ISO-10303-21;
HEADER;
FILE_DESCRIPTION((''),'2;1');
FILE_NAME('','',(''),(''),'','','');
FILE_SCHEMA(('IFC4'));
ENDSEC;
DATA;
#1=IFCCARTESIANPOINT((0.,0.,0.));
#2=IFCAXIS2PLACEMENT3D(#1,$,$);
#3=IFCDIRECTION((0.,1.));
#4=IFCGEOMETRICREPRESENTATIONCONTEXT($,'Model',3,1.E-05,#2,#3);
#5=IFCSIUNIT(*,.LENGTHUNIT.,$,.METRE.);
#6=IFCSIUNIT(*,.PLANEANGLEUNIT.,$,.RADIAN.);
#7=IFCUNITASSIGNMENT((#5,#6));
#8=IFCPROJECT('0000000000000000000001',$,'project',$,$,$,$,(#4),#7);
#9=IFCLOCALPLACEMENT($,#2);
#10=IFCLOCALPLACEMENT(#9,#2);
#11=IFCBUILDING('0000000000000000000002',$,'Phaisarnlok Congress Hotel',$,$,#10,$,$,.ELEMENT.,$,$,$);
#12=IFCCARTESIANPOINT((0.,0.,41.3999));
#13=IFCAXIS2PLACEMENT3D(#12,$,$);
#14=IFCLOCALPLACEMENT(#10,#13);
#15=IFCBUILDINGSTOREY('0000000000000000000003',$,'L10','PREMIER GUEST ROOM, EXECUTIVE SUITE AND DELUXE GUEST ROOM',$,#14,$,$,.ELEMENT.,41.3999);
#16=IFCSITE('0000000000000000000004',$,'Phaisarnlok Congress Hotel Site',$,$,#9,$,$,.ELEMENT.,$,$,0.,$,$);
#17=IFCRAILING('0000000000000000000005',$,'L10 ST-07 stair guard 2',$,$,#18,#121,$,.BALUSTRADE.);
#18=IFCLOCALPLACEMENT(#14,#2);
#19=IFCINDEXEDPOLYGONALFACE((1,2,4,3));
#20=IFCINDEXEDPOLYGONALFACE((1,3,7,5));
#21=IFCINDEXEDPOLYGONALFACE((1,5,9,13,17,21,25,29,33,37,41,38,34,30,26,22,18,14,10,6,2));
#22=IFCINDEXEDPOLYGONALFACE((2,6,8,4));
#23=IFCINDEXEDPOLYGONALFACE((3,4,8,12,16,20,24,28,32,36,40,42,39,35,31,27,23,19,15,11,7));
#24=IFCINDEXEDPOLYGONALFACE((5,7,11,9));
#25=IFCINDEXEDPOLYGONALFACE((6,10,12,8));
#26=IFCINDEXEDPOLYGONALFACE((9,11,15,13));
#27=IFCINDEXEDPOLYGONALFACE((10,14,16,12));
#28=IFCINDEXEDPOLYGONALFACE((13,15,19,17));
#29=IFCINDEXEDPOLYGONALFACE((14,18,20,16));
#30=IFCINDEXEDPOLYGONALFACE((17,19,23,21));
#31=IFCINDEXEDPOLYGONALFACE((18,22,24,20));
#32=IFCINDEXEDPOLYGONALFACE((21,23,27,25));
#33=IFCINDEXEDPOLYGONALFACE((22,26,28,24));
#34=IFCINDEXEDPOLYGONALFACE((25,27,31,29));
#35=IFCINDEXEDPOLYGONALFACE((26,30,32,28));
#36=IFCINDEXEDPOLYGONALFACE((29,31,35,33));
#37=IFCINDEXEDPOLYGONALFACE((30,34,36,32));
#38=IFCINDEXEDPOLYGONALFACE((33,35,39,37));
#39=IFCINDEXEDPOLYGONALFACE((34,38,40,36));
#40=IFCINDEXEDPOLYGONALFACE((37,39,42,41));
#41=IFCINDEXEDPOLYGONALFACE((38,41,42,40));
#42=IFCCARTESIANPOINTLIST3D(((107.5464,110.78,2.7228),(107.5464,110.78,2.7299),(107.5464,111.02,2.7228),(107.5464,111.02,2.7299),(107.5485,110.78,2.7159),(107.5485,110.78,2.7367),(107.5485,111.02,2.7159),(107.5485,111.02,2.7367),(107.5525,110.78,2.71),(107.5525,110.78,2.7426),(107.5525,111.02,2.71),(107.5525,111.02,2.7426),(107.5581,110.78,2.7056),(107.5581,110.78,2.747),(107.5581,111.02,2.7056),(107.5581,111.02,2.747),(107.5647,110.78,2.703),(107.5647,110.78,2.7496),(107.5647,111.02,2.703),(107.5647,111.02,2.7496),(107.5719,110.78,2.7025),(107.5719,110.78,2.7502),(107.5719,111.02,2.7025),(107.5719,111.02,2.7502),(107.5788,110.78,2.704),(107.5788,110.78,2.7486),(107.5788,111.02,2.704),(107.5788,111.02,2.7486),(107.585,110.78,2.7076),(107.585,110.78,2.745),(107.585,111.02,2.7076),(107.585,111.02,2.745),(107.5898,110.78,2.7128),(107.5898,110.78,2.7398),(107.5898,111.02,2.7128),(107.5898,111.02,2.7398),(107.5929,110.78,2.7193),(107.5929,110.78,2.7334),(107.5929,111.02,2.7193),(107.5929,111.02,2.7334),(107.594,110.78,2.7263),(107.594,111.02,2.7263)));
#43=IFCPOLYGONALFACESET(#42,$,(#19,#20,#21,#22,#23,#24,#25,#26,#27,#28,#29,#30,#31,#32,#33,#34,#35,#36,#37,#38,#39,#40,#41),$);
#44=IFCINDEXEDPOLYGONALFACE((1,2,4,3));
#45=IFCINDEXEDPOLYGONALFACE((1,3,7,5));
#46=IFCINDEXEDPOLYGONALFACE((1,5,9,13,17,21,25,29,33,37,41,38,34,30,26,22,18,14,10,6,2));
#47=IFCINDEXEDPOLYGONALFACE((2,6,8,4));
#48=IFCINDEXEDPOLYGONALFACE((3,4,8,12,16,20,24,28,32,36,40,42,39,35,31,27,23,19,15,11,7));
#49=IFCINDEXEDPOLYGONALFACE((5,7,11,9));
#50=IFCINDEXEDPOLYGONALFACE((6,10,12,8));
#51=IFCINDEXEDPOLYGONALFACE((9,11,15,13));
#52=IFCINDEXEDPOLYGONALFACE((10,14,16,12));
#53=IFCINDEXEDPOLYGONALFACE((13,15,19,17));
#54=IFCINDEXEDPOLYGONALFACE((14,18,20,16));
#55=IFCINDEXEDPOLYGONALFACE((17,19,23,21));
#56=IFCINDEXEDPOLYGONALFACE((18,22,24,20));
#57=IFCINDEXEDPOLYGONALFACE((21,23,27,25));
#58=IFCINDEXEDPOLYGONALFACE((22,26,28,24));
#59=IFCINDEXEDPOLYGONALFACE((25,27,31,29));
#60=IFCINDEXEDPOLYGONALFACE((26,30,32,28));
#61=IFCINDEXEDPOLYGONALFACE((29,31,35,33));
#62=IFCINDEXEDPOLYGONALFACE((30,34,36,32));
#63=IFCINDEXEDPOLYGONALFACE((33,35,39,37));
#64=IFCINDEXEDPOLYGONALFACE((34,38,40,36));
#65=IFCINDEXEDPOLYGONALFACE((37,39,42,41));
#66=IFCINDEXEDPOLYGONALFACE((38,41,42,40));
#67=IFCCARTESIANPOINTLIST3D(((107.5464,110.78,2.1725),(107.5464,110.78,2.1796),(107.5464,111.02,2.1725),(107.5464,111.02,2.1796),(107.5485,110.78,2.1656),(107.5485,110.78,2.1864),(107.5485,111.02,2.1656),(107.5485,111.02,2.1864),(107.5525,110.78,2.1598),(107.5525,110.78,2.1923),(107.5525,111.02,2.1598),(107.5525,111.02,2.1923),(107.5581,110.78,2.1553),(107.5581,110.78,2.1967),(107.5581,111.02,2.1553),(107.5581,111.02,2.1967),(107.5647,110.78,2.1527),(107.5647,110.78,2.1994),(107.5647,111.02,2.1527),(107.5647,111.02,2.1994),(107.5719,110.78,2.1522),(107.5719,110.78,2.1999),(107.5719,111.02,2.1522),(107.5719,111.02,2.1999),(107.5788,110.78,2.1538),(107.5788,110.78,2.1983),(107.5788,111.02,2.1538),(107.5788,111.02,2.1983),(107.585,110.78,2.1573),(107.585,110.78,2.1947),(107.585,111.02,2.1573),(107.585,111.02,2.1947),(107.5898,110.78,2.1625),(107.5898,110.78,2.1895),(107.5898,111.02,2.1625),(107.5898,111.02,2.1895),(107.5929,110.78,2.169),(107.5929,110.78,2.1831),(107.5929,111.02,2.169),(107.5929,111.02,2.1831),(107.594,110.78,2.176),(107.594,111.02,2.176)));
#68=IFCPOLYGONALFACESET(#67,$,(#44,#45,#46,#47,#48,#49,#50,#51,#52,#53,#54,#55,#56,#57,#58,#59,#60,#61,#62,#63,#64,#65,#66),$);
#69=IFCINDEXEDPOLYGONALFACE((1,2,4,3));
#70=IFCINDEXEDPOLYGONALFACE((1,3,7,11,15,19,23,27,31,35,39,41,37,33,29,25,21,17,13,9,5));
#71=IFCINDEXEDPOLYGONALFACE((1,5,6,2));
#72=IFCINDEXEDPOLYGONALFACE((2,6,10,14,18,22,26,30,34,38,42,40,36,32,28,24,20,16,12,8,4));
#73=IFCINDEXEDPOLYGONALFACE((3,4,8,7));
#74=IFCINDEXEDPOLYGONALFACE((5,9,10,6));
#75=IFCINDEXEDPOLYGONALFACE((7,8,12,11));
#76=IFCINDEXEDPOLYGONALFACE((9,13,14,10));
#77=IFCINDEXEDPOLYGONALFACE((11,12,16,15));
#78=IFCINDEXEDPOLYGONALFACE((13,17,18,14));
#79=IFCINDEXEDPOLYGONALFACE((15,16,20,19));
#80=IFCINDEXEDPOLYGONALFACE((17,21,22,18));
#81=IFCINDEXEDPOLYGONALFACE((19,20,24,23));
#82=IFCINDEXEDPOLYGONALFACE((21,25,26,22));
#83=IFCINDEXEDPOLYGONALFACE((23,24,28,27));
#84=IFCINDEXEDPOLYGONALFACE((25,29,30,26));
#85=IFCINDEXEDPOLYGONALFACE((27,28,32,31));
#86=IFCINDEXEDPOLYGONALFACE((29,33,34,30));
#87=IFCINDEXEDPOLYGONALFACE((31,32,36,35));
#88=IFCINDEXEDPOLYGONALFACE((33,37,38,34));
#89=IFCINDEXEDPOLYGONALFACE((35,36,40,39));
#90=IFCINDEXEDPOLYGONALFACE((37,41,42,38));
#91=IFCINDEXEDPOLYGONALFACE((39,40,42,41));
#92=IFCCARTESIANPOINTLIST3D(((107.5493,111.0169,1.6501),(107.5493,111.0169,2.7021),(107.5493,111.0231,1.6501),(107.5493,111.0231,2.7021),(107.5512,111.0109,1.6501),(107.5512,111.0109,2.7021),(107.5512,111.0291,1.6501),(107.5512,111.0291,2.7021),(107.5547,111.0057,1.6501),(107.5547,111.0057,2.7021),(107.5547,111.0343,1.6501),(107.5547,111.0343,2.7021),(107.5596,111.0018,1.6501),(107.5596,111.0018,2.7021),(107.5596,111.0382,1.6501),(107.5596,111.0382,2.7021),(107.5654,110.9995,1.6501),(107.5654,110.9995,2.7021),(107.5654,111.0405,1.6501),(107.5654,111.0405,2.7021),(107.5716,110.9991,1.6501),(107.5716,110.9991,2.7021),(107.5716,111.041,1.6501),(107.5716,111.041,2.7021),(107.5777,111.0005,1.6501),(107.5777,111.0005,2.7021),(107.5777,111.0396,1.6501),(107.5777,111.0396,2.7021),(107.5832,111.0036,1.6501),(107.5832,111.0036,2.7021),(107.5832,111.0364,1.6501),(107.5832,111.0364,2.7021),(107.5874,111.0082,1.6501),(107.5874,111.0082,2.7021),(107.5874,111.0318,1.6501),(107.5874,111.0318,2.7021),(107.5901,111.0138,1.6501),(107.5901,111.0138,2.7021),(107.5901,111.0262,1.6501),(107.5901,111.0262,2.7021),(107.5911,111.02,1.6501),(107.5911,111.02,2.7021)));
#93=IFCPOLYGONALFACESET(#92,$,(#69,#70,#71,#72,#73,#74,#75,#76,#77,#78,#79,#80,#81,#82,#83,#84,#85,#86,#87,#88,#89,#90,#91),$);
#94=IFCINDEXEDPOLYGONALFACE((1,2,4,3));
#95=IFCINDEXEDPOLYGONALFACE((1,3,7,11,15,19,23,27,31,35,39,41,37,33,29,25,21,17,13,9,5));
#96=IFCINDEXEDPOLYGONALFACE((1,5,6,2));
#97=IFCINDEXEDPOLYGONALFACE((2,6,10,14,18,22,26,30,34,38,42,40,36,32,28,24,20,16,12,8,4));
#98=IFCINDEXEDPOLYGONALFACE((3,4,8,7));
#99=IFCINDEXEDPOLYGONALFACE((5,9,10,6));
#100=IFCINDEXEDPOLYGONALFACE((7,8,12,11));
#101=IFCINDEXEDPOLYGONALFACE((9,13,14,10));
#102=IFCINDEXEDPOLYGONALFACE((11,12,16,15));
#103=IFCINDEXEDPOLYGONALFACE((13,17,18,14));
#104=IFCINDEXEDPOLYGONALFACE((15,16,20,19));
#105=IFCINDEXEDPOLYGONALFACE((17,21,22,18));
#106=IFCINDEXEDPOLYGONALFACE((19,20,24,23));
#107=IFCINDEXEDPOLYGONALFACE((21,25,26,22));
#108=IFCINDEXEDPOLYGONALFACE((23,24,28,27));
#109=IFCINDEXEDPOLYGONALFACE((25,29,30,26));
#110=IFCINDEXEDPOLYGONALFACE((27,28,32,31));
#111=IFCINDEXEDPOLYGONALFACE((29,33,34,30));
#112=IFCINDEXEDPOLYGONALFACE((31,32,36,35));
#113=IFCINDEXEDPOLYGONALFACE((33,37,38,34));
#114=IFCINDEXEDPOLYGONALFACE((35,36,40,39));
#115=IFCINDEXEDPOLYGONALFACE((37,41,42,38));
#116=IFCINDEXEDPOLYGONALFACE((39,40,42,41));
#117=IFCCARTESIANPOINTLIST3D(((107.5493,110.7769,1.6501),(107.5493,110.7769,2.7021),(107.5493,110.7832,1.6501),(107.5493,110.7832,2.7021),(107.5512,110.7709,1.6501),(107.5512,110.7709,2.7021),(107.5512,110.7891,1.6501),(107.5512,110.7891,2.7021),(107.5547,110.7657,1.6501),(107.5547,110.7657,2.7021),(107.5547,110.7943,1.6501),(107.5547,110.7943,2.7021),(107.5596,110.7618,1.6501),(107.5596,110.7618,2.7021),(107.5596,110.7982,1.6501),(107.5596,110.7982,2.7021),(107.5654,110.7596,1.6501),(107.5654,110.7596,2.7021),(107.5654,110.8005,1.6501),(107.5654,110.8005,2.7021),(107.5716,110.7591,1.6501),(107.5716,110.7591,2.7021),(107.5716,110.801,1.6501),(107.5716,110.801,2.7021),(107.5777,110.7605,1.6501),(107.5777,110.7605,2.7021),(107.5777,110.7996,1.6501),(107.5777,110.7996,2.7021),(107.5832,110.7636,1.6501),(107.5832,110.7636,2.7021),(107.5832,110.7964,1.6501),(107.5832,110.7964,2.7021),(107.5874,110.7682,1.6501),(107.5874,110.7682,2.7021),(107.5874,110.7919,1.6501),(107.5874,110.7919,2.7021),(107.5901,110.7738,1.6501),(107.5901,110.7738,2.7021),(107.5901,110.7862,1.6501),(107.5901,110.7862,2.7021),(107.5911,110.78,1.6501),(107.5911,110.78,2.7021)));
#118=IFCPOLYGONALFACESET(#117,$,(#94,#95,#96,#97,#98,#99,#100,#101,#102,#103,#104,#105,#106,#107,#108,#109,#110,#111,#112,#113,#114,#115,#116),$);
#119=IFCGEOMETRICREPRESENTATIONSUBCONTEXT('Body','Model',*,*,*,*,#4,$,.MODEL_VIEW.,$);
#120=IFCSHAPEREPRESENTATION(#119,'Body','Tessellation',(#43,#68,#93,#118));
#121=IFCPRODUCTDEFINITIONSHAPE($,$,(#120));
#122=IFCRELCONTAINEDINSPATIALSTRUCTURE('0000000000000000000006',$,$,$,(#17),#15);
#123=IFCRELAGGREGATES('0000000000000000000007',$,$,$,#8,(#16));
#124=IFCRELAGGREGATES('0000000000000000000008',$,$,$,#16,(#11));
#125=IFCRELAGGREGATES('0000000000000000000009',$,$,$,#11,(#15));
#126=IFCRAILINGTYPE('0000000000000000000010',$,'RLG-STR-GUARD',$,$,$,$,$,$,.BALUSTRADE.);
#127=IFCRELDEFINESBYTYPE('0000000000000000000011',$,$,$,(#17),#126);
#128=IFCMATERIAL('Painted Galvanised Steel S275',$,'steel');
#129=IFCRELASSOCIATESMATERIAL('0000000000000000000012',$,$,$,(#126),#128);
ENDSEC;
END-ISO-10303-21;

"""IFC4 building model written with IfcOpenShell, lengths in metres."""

from ifc_helpers import new_model, si_unit, direction, frame, origin, origin_2d, place, context, subcontext, project, spatial, circle, extrude, material, type_object, element, save


model = new_model("IFC4")

# Units and contexts
model_context = context("Model", 3, precision=1e-05, world=origin(), true_north=direction((0.0, 1.0)))
body_context = subcontext(model_context, "Body", "Model", "MODEL_VIEW")
ifc_project = project(units=[si_unit("LENGTHUNIT", "METRE"), si_unit("PLANEANGLEUNIT", "RADIAN")], contexts=[model_context])

# Site, building, storey
site_placement = place(None, origin())
site = spatial("IfcSite", under=ifc_project, at=site_placement, Name="Phaisarnlok Congress Hotel Site", CompositionType="ELEMENT", RefElevation=0.0)
building_placement = place(site_placement, origin())
building = spatial("IfcBuilding", under=site, at=building_placement, Name="Phaisarnlok Congress Hotel", CompositionType="ELEMENT")
storey_placement = place(building_placement, frame((0.0, 0.0, 41.3999)))
storey = spatial("IfcBuildingStorey", under=building, at=storey_placement, Name="L10", Description="PREMIER GUEST ROOM, EXECUTIVE SUITE AND DELUXE GUEST ROOM", CompositionType="ELEMENT", Elevation=41.3999)

# Railing
ifc_material_1 = material(Name="Painted Galvanised Steel S275", Category="steel")
railing_type_1 = type_object("IfcRailingType", Name="RLG-STR-GUARD", PredefinedType="BALUSTRADE", material=ifc_material_1)
railing_1_placement = place(storey_placement, frame((107.5701, 111.02, 1.6501)))
element("IfcRailing", 1, at=railing_1_placement, inside=storey, type_object=railing_type_1, Name="L10 ST-07 stair guard 2", PredefinedType="BALUSTRADE", context=body_context, shape_type="SweptSolid", body=[
    extrude(circle(Radius=0.0239, at=origin_2d()), frame((0.0, 0.0, 1.0762), z_axis=(0.0, -1.0, 0.0), x_axis=(1.0, 0.0, 0.0)), (0.0, 0.0, 1.0), 0.24),
    extrude(circle(Radius=0.0239, at=origin_2d()), frame((0.0, 0.0, 0.5259), z_axis=(0.0, -1.0, 0.0), x_axis=(1.0, 0.0, 0.0)), (0.0, 0.0, 1.0), 0.24),
    extrude(circle(Radius=0.021, at=origin_2d()), origin(), (0.0, 0.0, 1.0), 1.052),
    extrude(circle(Radius=0.021, at=origin_2d()), frame((0.0, -0.24, 0.0)), (0.0, 0.0, 1.0), 1.052),
])

save(model, "model.ifc")
